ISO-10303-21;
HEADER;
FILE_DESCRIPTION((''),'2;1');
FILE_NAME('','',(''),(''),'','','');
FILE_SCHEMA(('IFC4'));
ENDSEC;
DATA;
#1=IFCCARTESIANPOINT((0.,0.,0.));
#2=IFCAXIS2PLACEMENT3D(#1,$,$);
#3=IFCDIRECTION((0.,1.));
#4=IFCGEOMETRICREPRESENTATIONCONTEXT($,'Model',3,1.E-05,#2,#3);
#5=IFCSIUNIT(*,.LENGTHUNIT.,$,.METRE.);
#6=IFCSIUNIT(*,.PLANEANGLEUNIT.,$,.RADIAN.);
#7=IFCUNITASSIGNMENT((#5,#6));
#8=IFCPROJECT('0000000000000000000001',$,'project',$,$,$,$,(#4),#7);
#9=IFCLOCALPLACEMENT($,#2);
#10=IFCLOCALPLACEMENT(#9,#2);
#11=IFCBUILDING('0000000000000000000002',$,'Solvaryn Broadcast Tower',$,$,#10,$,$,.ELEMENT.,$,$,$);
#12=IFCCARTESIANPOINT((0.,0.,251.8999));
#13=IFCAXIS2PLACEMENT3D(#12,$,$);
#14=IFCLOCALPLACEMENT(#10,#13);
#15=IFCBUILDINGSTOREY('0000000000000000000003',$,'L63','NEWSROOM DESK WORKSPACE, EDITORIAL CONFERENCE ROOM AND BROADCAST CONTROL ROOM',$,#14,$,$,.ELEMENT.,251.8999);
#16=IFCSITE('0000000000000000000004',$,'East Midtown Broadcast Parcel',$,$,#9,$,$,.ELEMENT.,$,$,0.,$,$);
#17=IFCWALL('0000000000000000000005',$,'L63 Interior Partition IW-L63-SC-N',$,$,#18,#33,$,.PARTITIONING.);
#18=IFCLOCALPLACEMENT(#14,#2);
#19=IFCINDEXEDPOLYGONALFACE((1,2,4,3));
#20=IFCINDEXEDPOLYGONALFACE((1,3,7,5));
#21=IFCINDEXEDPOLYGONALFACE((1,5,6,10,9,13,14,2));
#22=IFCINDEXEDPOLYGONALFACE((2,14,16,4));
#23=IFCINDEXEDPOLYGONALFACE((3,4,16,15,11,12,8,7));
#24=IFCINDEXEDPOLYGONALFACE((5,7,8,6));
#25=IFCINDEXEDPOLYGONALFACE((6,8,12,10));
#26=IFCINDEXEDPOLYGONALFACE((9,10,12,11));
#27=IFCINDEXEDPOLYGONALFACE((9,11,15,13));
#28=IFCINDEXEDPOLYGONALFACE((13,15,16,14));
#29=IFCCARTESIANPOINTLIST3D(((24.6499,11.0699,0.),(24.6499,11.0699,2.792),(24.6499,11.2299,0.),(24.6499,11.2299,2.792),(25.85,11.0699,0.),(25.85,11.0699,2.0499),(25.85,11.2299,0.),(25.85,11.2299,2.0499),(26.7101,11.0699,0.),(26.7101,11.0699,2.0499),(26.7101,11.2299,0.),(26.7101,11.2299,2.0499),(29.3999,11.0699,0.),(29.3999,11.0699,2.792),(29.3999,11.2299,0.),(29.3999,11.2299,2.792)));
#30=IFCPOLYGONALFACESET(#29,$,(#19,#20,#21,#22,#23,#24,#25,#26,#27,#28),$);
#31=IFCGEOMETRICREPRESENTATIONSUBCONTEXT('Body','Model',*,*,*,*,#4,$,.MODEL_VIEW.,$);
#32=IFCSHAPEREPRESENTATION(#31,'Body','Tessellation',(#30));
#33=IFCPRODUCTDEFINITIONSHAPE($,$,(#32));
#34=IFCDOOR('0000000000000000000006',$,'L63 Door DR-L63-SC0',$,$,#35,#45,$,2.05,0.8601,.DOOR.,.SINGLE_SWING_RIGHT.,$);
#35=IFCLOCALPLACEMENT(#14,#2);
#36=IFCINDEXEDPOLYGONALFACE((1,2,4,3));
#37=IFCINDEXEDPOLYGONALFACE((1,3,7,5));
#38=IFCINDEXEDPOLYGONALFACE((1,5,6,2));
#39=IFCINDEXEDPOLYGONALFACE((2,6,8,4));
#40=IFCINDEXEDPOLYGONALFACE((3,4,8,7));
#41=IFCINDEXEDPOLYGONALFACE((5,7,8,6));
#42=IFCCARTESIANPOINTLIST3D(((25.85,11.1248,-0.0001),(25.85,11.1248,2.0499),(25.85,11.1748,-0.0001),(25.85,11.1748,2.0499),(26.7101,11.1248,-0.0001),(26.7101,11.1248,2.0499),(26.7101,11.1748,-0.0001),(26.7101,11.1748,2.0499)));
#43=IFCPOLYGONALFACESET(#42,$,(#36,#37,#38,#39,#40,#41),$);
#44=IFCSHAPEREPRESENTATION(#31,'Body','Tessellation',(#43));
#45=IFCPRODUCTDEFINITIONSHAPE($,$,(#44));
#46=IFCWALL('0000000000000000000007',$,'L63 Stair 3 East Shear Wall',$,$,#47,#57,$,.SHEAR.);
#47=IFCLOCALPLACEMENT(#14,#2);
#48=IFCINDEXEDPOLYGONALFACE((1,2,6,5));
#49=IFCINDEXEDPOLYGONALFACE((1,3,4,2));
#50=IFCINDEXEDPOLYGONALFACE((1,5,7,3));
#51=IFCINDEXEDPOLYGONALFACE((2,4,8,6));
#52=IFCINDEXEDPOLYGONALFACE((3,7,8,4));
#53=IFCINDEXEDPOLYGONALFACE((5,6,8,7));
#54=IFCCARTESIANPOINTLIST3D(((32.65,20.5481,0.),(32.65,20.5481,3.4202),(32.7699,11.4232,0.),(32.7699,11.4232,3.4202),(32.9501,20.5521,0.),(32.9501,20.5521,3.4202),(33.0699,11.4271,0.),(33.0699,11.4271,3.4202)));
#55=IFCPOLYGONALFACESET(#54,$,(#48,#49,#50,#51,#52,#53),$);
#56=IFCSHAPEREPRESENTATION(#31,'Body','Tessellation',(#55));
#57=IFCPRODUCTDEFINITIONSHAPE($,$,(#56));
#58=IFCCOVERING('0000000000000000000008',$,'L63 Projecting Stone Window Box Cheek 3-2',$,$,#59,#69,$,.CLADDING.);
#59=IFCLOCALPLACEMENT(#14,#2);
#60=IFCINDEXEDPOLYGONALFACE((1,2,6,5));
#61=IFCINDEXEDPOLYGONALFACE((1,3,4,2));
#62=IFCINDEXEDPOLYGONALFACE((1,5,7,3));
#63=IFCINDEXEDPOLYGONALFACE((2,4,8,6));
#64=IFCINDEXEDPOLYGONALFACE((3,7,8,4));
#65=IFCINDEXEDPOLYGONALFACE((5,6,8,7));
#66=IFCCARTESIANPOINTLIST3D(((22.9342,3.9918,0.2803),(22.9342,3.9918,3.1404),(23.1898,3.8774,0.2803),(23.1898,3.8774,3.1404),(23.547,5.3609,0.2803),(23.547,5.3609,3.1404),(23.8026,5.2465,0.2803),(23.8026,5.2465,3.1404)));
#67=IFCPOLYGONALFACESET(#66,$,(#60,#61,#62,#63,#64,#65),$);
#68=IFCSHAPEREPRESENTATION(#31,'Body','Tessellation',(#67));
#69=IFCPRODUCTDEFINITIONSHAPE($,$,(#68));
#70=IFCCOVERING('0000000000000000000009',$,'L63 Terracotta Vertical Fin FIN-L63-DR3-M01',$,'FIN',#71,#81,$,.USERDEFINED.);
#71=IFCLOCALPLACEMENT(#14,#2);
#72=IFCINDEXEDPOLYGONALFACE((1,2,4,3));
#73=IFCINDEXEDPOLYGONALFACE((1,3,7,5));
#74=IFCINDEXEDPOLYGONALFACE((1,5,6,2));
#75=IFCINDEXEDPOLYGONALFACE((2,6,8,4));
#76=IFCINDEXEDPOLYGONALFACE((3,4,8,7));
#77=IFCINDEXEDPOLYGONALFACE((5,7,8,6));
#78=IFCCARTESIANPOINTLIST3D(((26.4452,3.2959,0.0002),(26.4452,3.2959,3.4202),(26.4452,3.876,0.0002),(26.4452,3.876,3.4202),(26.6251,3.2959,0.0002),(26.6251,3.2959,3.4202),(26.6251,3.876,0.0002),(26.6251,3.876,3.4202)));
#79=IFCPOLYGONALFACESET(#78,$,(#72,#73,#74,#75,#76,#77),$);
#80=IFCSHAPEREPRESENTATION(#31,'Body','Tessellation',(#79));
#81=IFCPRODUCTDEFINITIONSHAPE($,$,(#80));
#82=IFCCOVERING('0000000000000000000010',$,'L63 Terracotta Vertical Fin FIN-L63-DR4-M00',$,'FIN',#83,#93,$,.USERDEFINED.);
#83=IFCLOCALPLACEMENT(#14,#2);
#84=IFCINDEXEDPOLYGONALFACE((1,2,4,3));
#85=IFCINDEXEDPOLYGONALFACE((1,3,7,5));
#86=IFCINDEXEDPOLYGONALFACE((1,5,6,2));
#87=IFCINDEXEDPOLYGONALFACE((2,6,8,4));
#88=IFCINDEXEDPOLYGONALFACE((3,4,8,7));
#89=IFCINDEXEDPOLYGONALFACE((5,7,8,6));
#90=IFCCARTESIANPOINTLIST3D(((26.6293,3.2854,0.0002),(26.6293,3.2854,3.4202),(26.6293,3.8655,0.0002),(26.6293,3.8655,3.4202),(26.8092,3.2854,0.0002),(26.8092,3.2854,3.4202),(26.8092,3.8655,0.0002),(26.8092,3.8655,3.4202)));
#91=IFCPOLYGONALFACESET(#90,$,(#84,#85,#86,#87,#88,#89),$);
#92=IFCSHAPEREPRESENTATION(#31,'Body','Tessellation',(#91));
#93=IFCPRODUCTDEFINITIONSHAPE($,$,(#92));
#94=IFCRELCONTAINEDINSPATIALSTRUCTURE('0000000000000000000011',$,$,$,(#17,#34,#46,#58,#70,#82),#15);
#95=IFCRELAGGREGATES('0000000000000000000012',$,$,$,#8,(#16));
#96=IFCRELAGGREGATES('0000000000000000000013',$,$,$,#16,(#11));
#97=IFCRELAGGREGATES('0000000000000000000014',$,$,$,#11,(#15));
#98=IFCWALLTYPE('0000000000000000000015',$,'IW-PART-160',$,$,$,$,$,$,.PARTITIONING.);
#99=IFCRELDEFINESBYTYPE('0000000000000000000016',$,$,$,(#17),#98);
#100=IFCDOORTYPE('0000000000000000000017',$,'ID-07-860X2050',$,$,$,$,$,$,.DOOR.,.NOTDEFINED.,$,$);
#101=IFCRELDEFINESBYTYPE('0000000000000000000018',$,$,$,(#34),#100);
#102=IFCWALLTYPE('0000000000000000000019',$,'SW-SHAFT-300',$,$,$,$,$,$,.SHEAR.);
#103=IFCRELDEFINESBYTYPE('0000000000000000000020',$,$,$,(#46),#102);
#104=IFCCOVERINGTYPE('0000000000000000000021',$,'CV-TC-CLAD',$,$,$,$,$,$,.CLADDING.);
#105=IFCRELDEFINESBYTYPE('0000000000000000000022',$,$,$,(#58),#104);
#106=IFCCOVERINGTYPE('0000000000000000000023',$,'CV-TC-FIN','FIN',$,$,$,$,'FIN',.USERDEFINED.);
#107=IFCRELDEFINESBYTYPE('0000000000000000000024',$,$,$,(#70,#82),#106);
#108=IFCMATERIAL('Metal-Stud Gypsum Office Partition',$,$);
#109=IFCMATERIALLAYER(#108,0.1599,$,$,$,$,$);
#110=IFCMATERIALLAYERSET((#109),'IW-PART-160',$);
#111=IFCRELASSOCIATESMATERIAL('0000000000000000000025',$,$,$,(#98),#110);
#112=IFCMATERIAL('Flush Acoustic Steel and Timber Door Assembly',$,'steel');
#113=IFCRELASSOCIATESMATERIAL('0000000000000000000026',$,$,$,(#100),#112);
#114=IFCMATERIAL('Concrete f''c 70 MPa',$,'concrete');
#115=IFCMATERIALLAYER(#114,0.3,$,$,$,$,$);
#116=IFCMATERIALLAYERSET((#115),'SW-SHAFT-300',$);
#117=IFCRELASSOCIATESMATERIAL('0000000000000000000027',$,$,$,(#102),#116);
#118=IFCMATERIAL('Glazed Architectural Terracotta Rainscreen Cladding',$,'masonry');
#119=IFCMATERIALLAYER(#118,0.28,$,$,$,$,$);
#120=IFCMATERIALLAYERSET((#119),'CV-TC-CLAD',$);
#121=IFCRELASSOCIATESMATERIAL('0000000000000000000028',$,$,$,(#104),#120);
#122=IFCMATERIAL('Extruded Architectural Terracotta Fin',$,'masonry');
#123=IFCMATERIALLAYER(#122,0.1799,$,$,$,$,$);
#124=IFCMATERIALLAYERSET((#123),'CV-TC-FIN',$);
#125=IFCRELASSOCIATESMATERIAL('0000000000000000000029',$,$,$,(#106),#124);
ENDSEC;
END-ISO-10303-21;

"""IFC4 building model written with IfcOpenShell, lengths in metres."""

from ifc_helpers import new_model, si_unit, direction, frame, frame_2d, origin, origin_2d, place, context, subcontext, project, spatial, rectangle, extrude, material, layer, layer_set, type_object, element, fill, save


model = new_model("IFC4")

# Units and contexts
model_context = context("Model", 3, precision=1e-05, world=origin(), true_north=direction((0.0, 1.0)))
body_context = subcontext(model_context, "Body", "Model", "MODEL_VIEW")
ifc_project = project(units=[si_unit("LENGTHUNIT", "METRE"), si_unit("PLANEANGLEUNIT", "RADIAN")], contexts=[model_context])

# Site, building, storey
site_placement = place(None, origin())
site = spatial("IfcSite", under=ifc_project, at=site_placement, Name="East Midtown Broadcast Parcel", CompositionType="ELEMENT", RefElevation=0.0)
building_placement = place(site_placement, origin())
building = spatial("IfcBuilding", under=site, at=building_placement, Name="Solvaryn Broadcast Tower", CompositionType="ELEMENT")
storey_placement = place(building_placement, frame((0.0, 0.0, 251.8999)))
storey = spatial("IfcBuildingStorey", under=building, at=storey_placement, Name="L63", Description="NEWSROOM DESK WORKSPACE, EDITORIAL CONFERENCE ROOM AND BROADCAST CONTROL ROOM", CompositionType="ELEMENT", Elevation=251.8999)

# Shared definitions
ifc_material_1 = material(Name="Metal-Stud Gypsum Office Partition")
ifc_layer_1 = layer(ifc_material_1, 0.1599)
ifc_layer_set_1 = layer_set([ifc_layer_1], Name="IW-PART-160")
wall_type_1 = type_object("IfcWallType", Name="IW-PART-160", PredefinedType="PARTITIONING", material=ifc_layer_set_1)
ifc_material_2 = material(Name="Flush Acoustic Steel and Timber Door Assembly", Category="steel")
door_type_1 = type_object("IfcDoorType", Name="ID-07-860X2050", OperationType="NOTDEFINED", PredefinedType="DOOR", material=ifc_material_2)

# Wall, opening, door
wall_1_placement = place(storey_placement, frame((24.6499, 11.1499, 0.0), z_axis=(0.0, 0.0, 1.0), x_axis=(1.0, 0.0, 0.0)))
wall_1 = element("IfcWall", 1, at=wall_1_placement, inside=storey, type_object=wall_type_1, Name="L63 Interior Partition IW-L63-SC-N", PredefinedType="PARTITIONING", context=body_context, shape_type="SweptSolid", body=[
    extrude(rectangle(XDim=4.75, YDim=0.1599, at=frame_2d((2.375, 0.0))), origin(), (0.0, 0.0, 1.0), 2.792),
])
opening_1_placement = place(wall_1_placement, frame((1.2, 0.0, 0.0)))
opening_1 = element("IfcOpeningElement", 2, at=opening_1_placement, cuts=wall_1, PredefinedType="OPENING", context=body_context, shape_type="SweptSolid", body=[
    extrude(rectangle(XDim=0.8601, YDim=2.05, at=frame_2d((0.4302, 1.0249))), frame((0.0, 0.0901, 0.0), z_axis=(0.0, -1.0, 0.0), x_axis=(1.0, 0.0, 0.0)), (0.0, 0.0, 1.0), 0.1799),
])
door_1_placement = place(opening_1_placement, origin())
door_1 = element("IfcDoor", 3, at=door_1_placement, inside=storey, type_object=door_type_1, Name="L63 Door DR-L63-SC0", OperationType="SINGLE_SWING_RIGHT", OverallHeight=2.05, OverallWidth=0.8601, PredefinedType="DOOR", context=body_context, shape_type="SweptSolid", body=[
    extrude(rectangle(XDim=0.8601, YDim=2.05, at=frame_2d((0.4302, 1.0249))), frame((0.0, 0.0249, 0.0), z_axis=(0.0, -1.0, 0.0), x_axis=(1.0, 0.0, 0.0)), (0.0, 0.0, 1.0), 0.05),
])
fill(opening_1, door_1)

# Wall
ifc_material_3 = material(Name="Concrete f'c 70 MPa", Category="concrete")
ifc_layer_2 = layer(ifc_material_3, 0.3)
ifc_layer_set_2 = layer_set([ifc_layer_2], Name="SW-SHAFT-300")
wall_type_2 = type_object("IfcWallType", Name="SW-SHAFT-300", PredefinedType="SHEAR", material=ifc_layer_set_2)
wall_2_placement = place(storey_placement, frame((32.9199, 11.425, 0.0), z_axis=(0.0, 0.0, 1.0), x_axis=(-0.013136, 0.999914, 0.0)))
element("IfcWall", 4, at=wall_2_placement, inside=storey, type_object=wall_type_2, Name="L63 Stair 3 East Shear Wall", PredefinedType="SHEAR", context=body_context, shape_type="SweptSolid", body=[
    extrude(rectangle(XDim=9.1257, YDim=0.3, at=frame_2d((4.563, 0.0))), origin(), (0.0, 0.0, 1.0), 3.4202),
])

# Coverings
ifc_material_4 = material(Name="Glazed Architectural Terracotta Rainscreen Cladding", Category="masonry")
ifc_layer_3 = layer(ifc_material_4, 0.28)
ifc_layer_set_3 = layer_set([ifc_layer_3], Name="CV-TC-CLAD")
covering_type_1 = type_object("IfcCoveringType", Name="CV-TC-CLAD", PredefinedType="CLADDING", material=ifc_layer_set_3)
covering_placement = place(storey_placement, frame((23.3684, 4.6191, 0.2803), z_axis=(0.0, 0.0, 1.0), x_axis=(0.912763, -0.40849, 0.0)))
element("IfcCovering", 5, at=covering_placement, inside=storey, type_object=covering_type_1, Name="L63 Projecting Stone Window Box Cheek 3-2", PredefinedType="CLADDING", context=body_context, shape_type="SweptSolid", body=[
    extrude(rectangle(XDim=0.28, YDim=1.5, at=origin_2d()), origin(), (0.0, 0.0, 1.0), 2.8601),
])
ifc_material_5 = material(Name="Extruded Architectural Terracotta Fin", Category="masonry")
ifc_layer_4 = layer(ifc_material_5, 0.1799)
ifc_layer_set_4 = layer_set([ifc_layer_4], Name="CV-TC-FIN")
covering_type_2 = type_object("IfcCoveringType", Name="CV-TC-FIN", Description="FIN", ElementType="FIN", PredefinedType="USERDEFINED", material=ifc_layer_set_4)
for number, where, z_axis, x_axis, name in (
    (6, (26.5352, 3.5859, 0.0002), (0.0, 0.0, 1.0), (1.0, 0.0, 0.0), "L63 Terracotta Vertical Fin FIN-L63-DR3-M01"),
    (7, (26.7192, 3.5754, 0.0002), (0.0, 0.0, 1.0), (1.0, 0.0, 0.0), "L63 Terracotta Vertical Fin FIN-L63-DR4-M00"),
):
    element("IfcCovering", number, at=place(storey_placement, frame(where, z_axis=z_axis, x_axis=x_axis)), inside=storey, type_object=covering_type_2, Name=name, ObjectType="FIN", PredefinedType="USERDEFINED", context=body_context, shape_type="SweptSolid", body=[
        extrude(rectangle(XDim=0.1799, YDim=0.5801, at=origin_2d()), origin(), (0.0, 0.0, 1.0), 3.4199),
    ])

save(model, "model.ifc")
